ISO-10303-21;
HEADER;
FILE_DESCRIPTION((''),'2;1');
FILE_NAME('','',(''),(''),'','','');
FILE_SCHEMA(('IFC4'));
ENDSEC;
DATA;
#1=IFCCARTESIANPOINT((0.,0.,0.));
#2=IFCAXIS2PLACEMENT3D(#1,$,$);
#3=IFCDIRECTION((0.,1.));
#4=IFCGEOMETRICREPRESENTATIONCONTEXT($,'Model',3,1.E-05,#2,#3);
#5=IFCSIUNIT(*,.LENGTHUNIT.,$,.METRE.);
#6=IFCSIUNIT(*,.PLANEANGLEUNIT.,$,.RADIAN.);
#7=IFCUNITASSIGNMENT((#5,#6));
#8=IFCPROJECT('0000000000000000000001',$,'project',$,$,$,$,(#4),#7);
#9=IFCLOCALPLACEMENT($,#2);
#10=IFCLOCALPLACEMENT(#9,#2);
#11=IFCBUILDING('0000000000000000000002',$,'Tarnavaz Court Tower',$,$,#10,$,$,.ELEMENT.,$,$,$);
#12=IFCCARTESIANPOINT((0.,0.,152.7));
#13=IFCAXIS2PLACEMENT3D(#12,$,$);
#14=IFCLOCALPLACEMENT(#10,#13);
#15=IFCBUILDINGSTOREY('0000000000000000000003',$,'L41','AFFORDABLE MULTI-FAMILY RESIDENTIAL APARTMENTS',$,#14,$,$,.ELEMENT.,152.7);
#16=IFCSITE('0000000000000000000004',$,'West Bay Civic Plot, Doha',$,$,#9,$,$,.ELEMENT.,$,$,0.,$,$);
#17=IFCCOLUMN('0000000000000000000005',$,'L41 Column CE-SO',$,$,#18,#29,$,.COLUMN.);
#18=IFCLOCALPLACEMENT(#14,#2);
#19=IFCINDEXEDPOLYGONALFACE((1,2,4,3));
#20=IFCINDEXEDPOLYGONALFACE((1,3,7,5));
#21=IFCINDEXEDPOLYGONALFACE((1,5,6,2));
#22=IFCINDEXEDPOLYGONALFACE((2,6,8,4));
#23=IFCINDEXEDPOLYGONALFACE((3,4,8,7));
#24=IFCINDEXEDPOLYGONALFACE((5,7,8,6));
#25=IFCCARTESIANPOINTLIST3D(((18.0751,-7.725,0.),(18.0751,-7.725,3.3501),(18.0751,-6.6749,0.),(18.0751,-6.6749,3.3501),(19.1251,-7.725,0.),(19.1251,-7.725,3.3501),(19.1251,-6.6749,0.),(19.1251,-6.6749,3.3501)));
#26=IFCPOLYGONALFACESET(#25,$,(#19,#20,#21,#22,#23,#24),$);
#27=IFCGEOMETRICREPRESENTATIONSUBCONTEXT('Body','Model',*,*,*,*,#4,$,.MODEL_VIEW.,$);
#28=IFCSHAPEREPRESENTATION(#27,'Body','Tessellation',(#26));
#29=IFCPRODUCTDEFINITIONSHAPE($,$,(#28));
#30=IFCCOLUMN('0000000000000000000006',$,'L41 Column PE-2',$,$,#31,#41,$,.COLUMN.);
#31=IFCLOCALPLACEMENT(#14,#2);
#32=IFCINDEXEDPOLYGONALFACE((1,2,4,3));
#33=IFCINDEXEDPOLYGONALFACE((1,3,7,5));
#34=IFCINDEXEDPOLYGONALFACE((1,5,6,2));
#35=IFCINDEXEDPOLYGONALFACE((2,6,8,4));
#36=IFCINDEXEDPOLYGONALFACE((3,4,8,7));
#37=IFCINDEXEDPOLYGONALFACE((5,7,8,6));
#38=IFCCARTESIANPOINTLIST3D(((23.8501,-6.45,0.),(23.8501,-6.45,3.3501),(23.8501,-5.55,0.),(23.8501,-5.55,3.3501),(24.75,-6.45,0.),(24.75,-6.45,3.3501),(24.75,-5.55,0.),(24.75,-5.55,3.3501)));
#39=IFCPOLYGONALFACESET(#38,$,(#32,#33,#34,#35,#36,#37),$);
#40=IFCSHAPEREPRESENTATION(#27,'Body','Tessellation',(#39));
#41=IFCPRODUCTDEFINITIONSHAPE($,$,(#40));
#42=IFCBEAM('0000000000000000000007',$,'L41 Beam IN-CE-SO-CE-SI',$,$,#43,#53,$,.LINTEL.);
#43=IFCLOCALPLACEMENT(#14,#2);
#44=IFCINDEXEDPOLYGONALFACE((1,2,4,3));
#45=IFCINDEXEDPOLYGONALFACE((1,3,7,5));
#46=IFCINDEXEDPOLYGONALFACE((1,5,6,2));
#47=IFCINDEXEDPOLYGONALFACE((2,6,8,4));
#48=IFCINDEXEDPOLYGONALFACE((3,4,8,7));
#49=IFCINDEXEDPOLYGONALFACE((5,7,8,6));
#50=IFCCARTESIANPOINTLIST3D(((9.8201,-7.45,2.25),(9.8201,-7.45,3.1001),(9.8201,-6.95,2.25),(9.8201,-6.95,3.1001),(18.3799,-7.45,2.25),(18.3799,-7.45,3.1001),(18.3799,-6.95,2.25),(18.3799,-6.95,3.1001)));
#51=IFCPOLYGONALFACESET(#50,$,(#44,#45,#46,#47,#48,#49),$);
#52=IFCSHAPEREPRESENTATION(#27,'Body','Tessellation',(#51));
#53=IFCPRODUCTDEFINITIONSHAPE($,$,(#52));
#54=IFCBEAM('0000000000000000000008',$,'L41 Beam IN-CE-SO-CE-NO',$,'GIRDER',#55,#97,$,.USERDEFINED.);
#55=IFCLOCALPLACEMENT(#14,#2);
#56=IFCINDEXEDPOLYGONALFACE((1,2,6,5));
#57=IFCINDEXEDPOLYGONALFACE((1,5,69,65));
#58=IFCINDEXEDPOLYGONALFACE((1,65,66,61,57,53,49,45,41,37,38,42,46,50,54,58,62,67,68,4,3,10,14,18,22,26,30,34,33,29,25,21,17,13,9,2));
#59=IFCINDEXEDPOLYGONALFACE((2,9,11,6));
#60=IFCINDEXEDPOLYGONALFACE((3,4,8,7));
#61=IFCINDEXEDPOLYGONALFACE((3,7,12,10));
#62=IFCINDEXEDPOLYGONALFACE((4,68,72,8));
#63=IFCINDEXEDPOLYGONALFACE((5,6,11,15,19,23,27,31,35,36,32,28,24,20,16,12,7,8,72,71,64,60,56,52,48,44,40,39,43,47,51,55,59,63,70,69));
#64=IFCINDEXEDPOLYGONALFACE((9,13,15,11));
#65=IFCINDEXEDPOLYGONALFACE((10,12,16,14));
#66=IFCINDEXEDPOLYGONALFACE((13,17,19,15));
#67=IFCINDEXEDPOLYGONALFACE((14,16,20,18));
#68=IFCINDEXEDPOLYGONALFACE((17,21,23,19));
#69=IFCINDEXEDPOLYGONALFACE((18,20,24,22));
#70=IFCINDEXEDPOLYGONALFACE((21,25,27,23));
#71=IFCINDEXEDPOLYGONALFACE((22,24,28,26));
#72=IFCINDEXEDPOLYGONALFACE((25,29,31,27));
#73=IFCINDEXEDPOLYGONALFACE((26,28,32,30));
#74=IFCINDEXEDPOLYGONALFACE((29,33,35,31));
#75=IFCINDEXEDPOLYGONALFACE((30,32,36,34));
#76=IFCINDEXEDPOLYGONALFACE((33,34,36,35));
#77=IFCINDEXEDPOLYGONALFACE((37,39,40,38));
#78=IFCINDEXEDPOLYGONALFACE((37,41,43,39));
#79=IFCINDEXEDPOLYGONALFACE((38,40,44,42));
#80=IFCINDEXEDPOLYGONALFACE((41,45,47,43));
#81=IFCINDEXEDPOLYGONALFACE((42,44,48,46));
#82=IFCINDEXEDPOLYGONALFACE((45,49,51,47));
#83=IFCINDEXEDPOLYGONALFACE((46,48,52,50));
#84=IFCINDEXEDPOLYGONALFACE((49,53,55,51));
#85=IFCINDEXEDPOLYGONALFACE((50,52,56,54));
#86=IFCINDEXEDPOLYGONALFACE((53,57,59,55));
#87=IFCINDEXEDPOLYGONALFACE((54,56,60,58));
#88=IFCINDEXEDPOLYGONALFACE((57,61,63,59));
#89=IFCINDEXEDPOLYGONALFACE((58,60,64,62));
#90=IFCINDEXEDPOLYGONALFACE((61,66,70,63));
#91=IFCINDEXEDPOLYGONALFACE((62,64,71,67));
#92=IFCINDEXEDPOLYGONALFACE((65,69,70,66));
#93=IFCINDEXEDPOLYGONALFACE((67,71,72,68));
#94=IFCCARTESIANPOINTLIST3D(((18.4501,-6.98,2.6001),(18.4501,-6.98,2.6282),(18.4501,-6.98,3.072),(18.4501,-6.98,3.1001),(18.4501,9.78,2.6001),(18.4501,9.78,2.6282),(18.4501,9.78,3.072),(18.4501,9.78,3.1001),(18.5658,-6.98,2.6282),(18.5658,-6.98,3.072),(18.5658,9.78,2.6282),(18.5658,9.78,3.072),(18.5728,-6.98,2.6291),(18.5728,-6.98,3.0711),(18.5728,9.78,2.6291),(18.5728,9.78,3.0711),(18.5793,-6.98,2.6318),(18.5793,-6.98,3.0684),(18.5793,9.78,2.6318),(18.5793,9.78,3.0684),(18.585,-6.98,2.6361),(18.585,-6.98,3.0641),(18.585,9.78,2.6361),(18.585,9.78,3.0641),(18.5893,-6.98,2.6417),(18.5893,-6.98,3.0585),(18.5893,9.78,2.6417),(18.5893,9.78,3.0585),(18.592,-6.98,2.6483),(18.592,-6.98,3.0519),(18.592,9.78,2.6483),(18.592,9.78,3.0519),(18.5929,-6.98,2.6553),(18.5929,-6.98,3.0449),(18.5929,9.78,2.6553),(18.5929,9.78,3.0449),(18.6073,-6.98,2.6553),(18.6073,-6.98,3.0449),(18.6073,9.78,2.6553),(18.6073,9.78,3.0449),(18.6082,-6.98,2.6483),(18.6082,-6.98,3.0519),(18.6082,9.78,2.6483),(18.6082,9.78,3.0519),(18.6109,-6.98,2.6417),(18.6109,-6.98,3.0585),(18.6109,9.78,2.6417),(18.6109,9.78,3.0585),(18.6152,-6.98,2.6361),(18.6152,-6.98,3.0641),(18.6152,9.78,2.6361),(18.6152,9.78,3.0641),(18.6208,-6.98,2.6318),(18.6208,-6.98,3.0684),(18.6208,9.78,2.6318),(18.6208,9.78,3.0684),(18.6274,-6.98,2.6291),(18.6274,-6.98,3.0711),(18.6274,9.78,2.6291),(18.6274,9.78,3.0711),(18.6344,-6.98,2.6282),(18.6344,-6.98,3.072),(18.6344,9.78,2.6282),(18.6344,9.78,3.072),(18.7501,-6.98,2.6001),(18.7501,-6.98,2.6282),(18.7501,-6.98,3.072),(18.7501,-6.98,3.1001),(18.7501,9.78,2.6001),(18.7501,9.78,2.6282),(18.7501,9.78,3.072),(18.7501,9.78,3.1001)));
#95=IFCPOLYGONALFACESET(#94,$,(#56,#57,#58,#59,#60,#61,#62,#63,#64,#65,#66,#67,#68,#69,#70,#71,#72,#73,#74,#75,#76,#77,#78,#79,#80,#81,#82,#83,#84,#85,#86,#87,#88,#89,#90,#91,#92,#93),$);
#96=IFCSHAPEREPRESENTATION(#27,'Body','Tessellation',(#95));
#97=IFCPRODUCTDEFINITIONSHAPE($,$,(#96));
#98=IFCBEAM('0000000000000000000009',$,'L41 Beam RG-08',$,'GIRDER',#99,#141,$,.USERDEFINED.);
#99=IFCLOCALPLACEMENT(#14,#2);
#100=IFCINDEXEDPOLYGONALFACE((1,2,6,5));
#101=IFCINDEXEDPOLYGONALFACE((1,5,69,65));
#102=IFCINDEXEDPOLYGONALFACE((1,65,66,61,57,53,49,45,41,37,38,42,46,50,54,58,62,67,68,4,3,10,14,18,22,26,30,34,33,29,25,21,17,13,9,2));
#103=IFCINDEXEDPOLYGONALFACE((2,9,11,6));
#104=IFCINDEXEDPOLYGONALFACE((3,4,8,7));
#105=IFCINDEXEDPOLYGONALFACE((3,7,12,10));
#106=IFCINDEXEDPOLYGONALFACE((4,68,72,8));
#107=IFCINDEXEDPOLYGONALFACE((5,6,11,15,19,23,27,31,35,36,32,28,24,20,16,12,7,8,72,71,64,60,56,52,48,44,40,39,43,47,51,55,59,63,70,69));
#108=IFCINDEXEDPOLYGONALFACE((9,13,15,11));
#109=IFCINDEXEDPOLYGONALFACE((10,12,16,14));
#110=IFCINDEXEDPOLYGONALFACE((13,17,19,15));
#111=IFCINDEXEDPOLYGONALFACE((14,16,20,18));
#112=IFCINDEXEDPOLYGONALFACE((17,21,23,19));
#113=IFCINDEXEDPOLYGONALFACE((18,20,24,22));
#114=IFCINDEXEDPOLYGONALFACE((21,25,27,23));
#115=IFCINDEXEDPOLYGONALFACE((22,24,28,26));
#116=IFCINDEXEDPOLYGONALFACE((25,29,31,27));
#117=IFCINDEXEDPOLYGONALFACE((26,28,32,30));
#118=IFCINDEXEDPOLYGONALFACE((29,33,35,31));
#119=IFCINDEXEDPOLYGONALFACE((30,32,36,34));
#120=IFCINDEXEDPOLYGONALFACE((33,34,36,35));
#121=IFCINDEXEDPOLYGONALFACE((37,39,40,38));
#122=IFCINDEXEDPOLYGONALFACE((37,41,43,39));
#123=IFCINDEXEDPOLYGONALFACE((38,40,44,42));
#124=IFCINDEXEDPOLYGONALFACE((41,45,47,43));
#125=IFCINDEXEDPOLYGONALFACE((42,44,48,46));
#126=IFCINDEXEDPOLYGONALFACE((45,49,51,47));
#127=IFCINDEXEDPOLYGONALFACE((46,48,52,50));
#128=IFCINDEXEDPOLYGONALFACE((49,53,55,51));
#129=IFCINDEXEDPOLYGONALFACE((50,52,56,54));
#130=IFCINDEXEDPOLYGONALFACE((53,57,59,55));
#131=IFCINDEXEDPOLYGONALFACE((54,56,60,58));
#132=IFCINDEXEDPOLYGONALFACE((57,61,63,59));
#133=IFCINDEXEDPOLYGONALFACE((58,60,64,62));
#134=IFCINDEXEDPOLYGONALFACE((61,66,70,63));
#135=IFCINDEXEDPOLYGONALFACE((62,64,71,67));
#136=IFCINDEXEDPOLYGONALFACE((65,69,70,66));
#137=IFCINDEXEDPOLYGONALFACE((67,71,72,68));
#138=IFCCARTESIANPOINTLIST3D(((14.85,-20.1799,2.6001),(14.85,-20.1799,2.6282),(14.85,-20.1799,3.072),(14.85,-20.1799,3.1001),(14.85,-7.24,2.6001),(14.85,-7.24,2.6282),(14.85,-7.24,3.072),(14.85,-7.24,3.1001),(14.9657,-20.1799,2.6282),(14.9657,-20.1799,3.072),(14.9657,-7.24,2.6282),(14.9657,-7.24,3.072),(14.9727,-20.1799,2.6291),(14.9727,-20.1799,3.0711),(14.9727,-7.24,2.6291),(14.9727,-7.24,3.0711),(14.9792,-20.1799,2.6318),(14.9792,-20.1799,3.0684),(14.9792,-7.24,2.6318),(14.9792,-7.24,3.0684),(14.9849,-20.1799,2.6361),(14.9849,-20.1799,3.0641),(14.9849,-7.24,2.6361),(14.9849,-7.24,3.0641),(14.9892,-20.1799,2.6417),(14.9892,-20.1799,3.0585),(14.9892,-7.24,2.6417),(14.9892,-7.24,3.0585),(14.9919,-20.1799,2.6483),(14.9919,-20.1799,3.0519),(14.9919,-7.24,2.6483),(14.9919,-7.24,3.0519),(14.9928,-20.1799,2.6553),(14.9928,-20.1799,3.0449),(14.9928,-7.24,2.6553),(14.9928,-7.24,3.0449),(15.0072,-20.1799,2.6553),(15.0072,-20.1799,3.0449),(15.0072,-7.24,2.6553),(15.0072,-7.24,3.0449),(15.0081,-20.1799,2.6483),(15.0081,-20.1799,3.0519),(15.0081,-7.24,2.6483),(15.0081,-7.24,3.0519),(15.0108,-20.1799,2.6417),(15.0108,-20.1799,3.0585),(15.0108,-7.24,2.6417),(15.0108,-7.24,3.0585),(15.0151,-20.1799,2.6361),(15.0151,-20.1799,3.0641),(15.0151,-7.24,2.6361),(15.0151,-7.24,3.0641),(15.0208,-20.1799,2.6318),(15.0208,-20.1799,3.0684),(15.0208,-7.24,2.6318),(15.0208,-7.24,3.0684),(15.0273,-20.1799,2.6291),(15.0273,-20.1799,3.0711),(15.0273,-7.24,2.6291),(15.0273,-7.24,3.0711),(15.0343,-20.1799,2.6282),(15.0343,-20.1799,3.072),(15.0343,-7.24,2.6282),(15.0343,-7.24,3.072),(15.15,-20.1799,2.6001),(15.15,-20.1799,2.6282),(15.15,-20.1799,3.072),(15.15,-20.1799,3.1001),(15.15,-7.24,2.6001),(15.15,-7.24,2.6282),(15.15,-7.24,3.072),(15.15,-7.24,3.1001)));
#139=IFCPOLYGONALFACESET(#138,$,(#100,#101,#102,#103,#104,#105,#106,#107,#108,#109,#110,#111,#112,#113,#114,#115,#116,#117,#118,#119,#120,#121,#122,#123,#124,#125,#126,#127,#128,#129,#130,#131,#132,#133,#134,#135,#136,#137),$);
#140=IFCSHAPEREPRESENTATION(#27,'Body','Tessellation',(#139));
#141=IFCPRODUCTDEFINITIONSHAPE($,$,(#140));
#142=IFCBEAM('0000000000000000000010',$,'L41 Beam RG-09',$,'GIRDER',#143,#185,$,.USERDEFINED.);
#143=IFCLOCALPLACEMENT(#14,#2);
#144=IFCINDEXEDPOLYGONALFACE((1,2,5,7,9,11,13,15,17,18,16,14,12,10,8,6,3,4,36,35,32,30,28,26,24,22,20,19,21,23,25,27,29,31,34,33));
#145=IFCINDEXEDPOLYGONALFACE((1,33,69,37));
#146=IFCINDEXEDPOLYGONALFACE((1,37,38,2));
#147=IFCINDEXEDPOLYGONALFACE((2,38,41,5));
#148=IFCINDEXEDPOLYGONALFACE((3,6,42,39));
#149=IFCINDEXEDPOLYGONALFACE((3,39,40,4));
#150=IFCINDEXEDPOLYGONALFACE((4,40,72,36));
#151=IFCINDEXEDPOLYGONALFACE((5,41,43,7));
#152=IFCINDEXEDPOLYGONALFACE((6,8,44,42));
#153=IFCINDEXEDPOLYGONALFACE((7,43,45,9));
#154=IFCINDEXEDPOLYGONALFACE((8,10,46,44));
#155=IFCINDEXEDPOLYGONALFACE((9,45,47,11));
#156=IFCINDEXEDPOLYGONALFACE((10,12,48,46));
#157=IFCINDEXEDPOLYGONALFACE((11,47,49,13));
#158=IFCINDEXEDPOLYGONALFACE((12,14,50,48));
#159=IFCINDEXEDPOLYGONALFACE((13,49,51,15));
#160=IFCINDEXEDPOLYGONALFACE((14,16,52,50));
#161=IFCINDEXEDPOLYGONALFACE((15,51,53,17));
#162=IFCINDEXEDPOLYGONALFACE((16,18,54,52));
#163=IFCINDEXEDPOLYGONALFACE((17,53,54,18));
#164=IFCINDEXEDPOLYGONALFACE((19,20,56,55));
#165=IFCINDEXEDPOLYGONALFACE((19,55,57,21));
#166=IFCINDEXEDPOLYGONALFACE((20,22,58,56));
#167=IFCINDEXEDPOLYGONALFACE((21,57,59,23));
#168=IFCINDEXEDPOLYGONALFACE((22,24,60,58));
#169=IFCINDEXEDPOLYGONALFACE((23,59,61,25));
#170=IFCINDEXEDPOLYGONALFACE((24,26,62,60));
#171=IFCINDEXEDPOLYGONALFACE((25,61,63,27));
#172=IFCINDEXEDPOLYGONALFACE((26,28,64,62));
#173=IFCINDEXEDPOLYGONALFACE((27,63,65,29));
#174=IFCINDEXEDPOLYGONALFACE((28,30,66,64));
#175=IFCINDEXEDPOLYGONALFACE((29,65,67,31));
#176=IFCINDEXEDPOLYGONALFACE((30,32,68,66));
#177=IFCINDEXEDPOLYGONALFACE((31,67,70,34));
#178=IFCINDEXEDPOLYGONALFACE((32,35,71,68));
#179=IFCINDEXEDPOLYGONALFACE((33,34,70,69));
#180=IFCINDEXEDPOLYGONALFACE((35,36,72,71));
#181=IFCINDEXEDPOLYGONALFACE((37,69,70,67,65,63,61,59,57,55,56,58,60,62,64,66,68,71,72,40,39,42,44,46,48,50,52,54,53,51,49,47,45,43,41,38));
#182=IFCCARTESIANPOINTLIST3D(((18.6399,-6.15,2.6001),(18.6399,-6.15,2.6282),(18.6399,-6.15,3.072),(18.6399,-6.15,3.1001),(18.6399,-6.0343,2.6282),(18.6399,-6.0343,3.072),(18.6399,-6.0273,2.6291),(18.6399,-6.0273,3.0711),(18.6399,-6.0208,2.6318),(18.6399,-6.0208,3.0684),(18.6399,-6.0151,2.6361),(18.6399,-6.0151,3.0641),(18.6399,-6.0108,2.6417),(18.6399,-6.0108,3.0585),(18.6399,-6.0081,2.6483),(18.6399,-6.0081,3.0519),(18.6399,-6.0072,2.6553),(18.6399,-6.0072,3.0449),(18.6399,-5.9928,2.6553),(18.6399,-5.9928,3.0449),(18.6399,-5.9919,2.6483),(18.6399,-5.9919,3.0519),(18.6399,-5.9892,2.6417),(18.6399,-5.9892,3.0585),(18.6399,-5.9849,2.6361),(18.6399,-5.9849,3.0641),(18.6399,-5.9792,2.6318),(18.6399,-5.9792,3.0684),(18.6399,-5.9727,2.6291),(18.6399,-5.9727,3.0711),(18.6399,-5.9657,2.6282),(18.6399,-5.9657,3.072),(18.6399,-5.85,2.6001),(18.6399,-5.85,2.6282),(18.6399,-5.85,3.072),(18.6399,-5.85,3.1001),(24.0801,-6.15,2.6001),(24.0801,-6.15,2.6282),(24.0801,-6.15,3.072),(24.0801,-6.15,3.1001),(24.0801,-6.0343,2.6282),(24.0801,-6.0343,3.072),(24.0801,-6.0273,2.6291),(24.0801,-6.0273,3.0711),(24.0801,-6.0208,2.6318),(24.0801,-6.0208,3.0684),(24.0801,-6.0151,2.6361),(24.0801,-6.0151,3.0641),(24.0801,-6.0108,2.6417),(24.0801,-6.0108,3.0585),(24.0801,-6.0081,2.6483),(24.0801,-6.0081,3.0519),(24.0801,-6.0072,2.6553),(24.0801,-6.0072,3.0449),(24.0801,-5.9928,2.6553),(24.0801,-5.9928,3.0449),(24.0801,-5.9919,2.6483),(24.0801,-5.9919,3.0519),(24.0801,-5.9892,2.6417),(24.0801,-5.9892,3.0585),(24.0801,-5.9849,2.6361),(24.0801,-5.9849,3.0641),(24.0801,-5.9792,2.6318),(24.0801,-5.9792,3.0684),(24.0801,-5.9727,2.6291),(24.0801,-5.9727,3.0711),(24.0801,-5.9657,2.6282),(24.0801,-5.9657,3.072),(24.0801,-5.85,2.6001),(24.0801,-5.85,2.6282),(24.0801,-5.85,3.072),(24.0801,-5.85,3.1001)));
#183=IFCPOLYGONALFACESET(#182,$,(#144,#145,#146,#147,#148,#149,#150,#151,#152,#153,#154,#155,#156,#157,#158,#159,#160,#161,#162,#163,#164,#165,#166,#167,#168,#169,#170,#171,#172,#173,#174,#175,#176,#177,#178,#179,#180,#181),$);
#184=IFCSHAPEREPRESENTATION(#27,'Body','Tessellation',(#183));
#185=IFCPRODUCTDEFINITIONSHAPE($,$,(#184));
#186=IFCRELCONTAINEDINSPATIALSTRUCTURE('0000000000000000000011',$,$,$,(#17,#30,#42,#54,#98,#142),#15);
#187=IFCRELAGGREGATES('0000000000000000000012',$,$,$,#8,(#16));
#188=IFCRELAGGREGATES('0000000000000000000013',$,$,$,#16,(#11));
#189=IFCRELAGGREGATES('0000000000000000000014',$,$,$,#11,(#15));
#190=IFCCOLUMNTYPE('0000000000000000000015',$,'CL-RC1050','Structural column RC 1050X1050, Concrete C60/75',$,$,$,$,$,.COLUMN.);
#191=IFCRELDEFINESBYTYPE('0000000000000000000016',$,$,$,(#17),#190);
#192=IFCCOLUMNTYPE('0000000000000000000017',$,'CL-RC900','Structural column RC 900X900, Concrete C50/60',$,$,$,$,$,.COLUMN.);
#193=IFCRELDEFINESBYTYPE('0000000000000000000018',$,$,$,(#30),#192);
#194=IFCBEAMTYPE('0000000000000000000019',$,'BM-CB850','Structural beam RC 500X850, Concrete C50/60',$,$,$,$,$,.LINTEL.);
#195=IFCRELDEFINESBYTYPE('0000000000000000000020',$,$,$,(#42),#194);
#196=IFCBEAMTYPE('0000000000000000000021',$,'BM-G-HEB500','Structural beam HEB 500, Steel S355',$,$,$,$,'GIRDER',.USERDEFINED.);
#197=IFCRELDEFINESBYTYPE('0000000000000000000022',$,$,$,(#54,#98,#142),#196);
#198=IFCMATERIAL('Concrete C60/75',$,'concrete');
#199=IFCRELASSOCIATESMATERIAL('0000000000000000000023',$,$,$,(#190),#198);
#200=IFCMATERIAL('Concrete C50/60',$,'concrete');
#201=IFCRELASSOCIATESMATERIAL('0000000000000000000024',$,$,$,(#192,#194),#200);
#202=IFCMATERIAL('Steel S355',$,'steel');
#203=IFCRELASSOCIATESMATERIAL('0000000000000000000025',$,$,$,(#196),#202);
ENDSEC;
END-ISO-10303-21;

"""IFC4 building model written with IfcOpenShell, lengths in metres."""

from ifc_helpers import new_model, si_unit, direction, frame, origin, origin_2d, place, context, subcontext, project, spatial, rectangle, i_section, extrude, material, material_profile, profile_set, type_object, element, save


model = new_model("IFC4")

# Units and contexts
model_context = context("Model", 3, precision=1e-05, world=origin(), true_north=direction((0.0, 1.0)))
body_context = subcontext(model_context, "Body", "Model", "MODEL_VIEW")
ifc_project = project(units=[si_unit("LENGTHUNIT", "METRE"), si_unit("PLANEANGLEUNIT", "RADIAN")], contexts=[model_context])

# Site, building, storey
site_placement = place(None, origin())
site = spatial("IfcSite", under=ifc_project, at=site_placement, Name="West Bay Civic Plot, Doha", CompositionType="ELEMENT", RefElevation=0.0)
building_placement = place(site_placement, origin())
building = spatial("IfcBuilding", under=site, at=building_placement, Name="Tarnavaz Court Tower", CompositionType="ELEMENT")
storey_placement = place(building_placement, frame((0.0, 0.0, 152.7)))
storey = spatial("IfcBuildingStorey", under=building, at=storey_placement, Name="L41", Description="AFFORDABLE MULTI-FAMILY RESIDENTIAL APARTMENTS", CompositionType="ELEMENT", Elevation=152.7)

# Columns
ifc_material_1 = material(Name="Concrete C60/75", Category="concrete")
ifc_material_profile_1 = material_profile(ifc_material_1, rectangle(XDim=1.05, YDim=1.05, at=origin_2d()), Name="RC 1050X1050")
ifc_profile_set_1 = profile_set([ifc_material_profile_1], Name="Concrete C60/75")
column_type_1 = type_object("IfcColumnType", Name="CL-RC1050", Description="Structural column RC 1050X1050, Concrete C60/75", PredefinedType="COLUMN", material=ifc_profile_set_1)
column_1_placement = place(storey_placement, frame((18.6001, -7.2, 0.0), z_axis=(0.0, 0.0, 1.0), x_axis=(1.0, 0.0, 0.0)))
element("IfcColumn", 1, at=column_1_placement, inside=storey, type_object=column_type_1, Name="L41 Column CE-SO", PredefinedType="COLUMN", context=body_context, shape_type="SweptSolid", body=[
    extrude(rectangle(XDim=1.05, YDim=1.05, at=origin_2d()), origin(), (0.0, 0.0, 1.0), 3.3501),
])
ifc_material_2 = material(Name="Concrete C50/60", Category="concrete")
ifc_material_profile_2 = material_profile(ifc_material_2, rectangle(XDim=0.8999, YDim=0.8999, at=origin_2d()), Name="RC 900X900")
ifc_profile_set_2 = profile_set([ifc_material_profile_2], Name="Concrete C50/60")
column_type_2 = type_object("IfcColumnType", Name="CL-RC900", Description="Structural column RC 900X900, Concrete C50/60", PredefinedType="COLUMN", material=ifc_profile_set_2)
column_2_placement = place(storey_placement, frame((24.3, -6.0, 0.0), z_axis=(0.0, 0.0, 1.0), x_axis=(1.0, 0.0, 0.0)))
element("IfcColumn", 2, at=column_2_placement, inside=storey, type_object=column_type_2, Name="L41 Column PE-2", PredefinedType="COLUMN", context=body_context, shape_type="SweptSolid", body=[
    extrude(rectangle(XDim=0.8999, YDim=0.8999, at=origin_2d()), origin(), (0.0, 0.0, 1.0), 3.3501),
])

# Beams
ifc_material_profile_3 = material_profile(ifc_material_2, rectangle(XDim=0.5, YDim=0.8501, at=origin_2d()), Name="RC 500X850")
ifc_profile_set_3 = profile_set([ifc_material_profile_3], Name="Concrete C50/60")
beam_type_1 = type_object("IfcBeamType", Name="BM-CB850", Description="Structural beam RC 500X850, Concrete C50/60", PredefinedType="LINTEL", material=ifc_profile_set_3)
beam_1_placement = place(storey_placement, frame((18.3799, -7.2, 2.675), z_axis=(-1.0, 0.0, 0.0), x_axis=(0.0, -1.0, 0.0)))
element("IfcBeam", 3, at=beam_1_placement, inside=storey, type_object=beam_type_1, Name="L41 Beam IN-CE-SO-CE-SI", PredefinedType="LINTEL", context=body_context, shape_type="SweptSolid", body=[
    extrude(rectangle(XDim=0.5, YDim=0.8501, at=origin_2d()), origin(), (0.0, 0.0, 1.0), 8.5598),
])
ifc_material_3 = material(Name="Steel S355", Category="steel")
ifc_material_profile_4 = material_profile(ifc_material_3, i_section(OverallWidth=0.3, OverallDepth=0.5, WebThickness=0.0144, FlangeThickness=0.0281, FilletRadius=0.0271, at=origin_2d()), Name="HEB 500")
ifc_profile_set_4 = profile_set([ifc_material_profile_4], Name="Steel S355")
beam_type_2 = type_object("IfcBeamType", Name="BM-G-HEB500", Description="Structural beam HEB 500, Steel S355", ElementType="GIRDER", PredefinedType="USERDEFINED", material=ifc_profile_set_4)
beam_2_placement = place(storey_placement, frame((18.6001, -6.98, 2.8501), z_axis=(0.0, 1.0, 0.0), x_axis=(-1.0, 0.0, 0.0)))
element("IfcBeam", 4, at=beam_2_placement, inside=storey, type_object=beam_type_2, Name="L41 Beam IN-CE-SO-CE-NO", ObjectType="GIRDER", PredefinedType="USERDEFINED", context=body_context, shape_type="SweptSolid", body=[
    extrude(i_section(OverallWidth=0.3, OverallDepth=0.5, WebThickness=0.0144, FlangeThickness=0.0281, FilletRadius=0.0271, at=origin_2d()), origin(), (0.0, 0.0, 1.0), 16.76),
])
beam_3_placement = place(storey_placement, frame((15.0, -7.24, 2.8501), z_axis=(0.0, -1.0, 0.0), x_axis=(1.0, 0.0, 0.0)))
element("IfcBeam", 5, at=beam_3_placement, inside=storey, type_object=beam_type_2, Name="L41 Beam RG-08", ObjectType="GIRDER", PredefinedType="USERDEFINED", context=body_context, shape_type="SweptSolid", body=[
    extrude(i_section(OverallWidth=0.3, OverallDepth=0.5, WebThickness=0.0144, FlangeThickness=0.0281, FilletRadius=0.0271, at=origin_2d()), origin(), (0.0, 0.0, 1.0), 12.9399),
])
beam_4_placement = place(storey_placement, frame((18.6399, -6.0, 2.8501), z_axis=(1.0, 0.0, 0.0), x_axis=(0.0, 1.0, 0.0)))
element("IfcBeam", 6, at=beam_4_placement, inside=storey, type_object=beam_type_2, Name="L41 Beam RG-09", ObjectType="GIRDER", PredefinedType="USERDEFINED", context=body_context, shape_type="SweptSolid", body=[
    extrude(i_section(OverallWidth=0.3, OverallDepth=0.5, WebThickness=0.0144, FlangeThickness=0.0281, FilletRadius=0.0271, at=origin_2d()), origin(), (0.0, 0.0, 1.0), 5.4402),
])

save(model, "model.ifc")
